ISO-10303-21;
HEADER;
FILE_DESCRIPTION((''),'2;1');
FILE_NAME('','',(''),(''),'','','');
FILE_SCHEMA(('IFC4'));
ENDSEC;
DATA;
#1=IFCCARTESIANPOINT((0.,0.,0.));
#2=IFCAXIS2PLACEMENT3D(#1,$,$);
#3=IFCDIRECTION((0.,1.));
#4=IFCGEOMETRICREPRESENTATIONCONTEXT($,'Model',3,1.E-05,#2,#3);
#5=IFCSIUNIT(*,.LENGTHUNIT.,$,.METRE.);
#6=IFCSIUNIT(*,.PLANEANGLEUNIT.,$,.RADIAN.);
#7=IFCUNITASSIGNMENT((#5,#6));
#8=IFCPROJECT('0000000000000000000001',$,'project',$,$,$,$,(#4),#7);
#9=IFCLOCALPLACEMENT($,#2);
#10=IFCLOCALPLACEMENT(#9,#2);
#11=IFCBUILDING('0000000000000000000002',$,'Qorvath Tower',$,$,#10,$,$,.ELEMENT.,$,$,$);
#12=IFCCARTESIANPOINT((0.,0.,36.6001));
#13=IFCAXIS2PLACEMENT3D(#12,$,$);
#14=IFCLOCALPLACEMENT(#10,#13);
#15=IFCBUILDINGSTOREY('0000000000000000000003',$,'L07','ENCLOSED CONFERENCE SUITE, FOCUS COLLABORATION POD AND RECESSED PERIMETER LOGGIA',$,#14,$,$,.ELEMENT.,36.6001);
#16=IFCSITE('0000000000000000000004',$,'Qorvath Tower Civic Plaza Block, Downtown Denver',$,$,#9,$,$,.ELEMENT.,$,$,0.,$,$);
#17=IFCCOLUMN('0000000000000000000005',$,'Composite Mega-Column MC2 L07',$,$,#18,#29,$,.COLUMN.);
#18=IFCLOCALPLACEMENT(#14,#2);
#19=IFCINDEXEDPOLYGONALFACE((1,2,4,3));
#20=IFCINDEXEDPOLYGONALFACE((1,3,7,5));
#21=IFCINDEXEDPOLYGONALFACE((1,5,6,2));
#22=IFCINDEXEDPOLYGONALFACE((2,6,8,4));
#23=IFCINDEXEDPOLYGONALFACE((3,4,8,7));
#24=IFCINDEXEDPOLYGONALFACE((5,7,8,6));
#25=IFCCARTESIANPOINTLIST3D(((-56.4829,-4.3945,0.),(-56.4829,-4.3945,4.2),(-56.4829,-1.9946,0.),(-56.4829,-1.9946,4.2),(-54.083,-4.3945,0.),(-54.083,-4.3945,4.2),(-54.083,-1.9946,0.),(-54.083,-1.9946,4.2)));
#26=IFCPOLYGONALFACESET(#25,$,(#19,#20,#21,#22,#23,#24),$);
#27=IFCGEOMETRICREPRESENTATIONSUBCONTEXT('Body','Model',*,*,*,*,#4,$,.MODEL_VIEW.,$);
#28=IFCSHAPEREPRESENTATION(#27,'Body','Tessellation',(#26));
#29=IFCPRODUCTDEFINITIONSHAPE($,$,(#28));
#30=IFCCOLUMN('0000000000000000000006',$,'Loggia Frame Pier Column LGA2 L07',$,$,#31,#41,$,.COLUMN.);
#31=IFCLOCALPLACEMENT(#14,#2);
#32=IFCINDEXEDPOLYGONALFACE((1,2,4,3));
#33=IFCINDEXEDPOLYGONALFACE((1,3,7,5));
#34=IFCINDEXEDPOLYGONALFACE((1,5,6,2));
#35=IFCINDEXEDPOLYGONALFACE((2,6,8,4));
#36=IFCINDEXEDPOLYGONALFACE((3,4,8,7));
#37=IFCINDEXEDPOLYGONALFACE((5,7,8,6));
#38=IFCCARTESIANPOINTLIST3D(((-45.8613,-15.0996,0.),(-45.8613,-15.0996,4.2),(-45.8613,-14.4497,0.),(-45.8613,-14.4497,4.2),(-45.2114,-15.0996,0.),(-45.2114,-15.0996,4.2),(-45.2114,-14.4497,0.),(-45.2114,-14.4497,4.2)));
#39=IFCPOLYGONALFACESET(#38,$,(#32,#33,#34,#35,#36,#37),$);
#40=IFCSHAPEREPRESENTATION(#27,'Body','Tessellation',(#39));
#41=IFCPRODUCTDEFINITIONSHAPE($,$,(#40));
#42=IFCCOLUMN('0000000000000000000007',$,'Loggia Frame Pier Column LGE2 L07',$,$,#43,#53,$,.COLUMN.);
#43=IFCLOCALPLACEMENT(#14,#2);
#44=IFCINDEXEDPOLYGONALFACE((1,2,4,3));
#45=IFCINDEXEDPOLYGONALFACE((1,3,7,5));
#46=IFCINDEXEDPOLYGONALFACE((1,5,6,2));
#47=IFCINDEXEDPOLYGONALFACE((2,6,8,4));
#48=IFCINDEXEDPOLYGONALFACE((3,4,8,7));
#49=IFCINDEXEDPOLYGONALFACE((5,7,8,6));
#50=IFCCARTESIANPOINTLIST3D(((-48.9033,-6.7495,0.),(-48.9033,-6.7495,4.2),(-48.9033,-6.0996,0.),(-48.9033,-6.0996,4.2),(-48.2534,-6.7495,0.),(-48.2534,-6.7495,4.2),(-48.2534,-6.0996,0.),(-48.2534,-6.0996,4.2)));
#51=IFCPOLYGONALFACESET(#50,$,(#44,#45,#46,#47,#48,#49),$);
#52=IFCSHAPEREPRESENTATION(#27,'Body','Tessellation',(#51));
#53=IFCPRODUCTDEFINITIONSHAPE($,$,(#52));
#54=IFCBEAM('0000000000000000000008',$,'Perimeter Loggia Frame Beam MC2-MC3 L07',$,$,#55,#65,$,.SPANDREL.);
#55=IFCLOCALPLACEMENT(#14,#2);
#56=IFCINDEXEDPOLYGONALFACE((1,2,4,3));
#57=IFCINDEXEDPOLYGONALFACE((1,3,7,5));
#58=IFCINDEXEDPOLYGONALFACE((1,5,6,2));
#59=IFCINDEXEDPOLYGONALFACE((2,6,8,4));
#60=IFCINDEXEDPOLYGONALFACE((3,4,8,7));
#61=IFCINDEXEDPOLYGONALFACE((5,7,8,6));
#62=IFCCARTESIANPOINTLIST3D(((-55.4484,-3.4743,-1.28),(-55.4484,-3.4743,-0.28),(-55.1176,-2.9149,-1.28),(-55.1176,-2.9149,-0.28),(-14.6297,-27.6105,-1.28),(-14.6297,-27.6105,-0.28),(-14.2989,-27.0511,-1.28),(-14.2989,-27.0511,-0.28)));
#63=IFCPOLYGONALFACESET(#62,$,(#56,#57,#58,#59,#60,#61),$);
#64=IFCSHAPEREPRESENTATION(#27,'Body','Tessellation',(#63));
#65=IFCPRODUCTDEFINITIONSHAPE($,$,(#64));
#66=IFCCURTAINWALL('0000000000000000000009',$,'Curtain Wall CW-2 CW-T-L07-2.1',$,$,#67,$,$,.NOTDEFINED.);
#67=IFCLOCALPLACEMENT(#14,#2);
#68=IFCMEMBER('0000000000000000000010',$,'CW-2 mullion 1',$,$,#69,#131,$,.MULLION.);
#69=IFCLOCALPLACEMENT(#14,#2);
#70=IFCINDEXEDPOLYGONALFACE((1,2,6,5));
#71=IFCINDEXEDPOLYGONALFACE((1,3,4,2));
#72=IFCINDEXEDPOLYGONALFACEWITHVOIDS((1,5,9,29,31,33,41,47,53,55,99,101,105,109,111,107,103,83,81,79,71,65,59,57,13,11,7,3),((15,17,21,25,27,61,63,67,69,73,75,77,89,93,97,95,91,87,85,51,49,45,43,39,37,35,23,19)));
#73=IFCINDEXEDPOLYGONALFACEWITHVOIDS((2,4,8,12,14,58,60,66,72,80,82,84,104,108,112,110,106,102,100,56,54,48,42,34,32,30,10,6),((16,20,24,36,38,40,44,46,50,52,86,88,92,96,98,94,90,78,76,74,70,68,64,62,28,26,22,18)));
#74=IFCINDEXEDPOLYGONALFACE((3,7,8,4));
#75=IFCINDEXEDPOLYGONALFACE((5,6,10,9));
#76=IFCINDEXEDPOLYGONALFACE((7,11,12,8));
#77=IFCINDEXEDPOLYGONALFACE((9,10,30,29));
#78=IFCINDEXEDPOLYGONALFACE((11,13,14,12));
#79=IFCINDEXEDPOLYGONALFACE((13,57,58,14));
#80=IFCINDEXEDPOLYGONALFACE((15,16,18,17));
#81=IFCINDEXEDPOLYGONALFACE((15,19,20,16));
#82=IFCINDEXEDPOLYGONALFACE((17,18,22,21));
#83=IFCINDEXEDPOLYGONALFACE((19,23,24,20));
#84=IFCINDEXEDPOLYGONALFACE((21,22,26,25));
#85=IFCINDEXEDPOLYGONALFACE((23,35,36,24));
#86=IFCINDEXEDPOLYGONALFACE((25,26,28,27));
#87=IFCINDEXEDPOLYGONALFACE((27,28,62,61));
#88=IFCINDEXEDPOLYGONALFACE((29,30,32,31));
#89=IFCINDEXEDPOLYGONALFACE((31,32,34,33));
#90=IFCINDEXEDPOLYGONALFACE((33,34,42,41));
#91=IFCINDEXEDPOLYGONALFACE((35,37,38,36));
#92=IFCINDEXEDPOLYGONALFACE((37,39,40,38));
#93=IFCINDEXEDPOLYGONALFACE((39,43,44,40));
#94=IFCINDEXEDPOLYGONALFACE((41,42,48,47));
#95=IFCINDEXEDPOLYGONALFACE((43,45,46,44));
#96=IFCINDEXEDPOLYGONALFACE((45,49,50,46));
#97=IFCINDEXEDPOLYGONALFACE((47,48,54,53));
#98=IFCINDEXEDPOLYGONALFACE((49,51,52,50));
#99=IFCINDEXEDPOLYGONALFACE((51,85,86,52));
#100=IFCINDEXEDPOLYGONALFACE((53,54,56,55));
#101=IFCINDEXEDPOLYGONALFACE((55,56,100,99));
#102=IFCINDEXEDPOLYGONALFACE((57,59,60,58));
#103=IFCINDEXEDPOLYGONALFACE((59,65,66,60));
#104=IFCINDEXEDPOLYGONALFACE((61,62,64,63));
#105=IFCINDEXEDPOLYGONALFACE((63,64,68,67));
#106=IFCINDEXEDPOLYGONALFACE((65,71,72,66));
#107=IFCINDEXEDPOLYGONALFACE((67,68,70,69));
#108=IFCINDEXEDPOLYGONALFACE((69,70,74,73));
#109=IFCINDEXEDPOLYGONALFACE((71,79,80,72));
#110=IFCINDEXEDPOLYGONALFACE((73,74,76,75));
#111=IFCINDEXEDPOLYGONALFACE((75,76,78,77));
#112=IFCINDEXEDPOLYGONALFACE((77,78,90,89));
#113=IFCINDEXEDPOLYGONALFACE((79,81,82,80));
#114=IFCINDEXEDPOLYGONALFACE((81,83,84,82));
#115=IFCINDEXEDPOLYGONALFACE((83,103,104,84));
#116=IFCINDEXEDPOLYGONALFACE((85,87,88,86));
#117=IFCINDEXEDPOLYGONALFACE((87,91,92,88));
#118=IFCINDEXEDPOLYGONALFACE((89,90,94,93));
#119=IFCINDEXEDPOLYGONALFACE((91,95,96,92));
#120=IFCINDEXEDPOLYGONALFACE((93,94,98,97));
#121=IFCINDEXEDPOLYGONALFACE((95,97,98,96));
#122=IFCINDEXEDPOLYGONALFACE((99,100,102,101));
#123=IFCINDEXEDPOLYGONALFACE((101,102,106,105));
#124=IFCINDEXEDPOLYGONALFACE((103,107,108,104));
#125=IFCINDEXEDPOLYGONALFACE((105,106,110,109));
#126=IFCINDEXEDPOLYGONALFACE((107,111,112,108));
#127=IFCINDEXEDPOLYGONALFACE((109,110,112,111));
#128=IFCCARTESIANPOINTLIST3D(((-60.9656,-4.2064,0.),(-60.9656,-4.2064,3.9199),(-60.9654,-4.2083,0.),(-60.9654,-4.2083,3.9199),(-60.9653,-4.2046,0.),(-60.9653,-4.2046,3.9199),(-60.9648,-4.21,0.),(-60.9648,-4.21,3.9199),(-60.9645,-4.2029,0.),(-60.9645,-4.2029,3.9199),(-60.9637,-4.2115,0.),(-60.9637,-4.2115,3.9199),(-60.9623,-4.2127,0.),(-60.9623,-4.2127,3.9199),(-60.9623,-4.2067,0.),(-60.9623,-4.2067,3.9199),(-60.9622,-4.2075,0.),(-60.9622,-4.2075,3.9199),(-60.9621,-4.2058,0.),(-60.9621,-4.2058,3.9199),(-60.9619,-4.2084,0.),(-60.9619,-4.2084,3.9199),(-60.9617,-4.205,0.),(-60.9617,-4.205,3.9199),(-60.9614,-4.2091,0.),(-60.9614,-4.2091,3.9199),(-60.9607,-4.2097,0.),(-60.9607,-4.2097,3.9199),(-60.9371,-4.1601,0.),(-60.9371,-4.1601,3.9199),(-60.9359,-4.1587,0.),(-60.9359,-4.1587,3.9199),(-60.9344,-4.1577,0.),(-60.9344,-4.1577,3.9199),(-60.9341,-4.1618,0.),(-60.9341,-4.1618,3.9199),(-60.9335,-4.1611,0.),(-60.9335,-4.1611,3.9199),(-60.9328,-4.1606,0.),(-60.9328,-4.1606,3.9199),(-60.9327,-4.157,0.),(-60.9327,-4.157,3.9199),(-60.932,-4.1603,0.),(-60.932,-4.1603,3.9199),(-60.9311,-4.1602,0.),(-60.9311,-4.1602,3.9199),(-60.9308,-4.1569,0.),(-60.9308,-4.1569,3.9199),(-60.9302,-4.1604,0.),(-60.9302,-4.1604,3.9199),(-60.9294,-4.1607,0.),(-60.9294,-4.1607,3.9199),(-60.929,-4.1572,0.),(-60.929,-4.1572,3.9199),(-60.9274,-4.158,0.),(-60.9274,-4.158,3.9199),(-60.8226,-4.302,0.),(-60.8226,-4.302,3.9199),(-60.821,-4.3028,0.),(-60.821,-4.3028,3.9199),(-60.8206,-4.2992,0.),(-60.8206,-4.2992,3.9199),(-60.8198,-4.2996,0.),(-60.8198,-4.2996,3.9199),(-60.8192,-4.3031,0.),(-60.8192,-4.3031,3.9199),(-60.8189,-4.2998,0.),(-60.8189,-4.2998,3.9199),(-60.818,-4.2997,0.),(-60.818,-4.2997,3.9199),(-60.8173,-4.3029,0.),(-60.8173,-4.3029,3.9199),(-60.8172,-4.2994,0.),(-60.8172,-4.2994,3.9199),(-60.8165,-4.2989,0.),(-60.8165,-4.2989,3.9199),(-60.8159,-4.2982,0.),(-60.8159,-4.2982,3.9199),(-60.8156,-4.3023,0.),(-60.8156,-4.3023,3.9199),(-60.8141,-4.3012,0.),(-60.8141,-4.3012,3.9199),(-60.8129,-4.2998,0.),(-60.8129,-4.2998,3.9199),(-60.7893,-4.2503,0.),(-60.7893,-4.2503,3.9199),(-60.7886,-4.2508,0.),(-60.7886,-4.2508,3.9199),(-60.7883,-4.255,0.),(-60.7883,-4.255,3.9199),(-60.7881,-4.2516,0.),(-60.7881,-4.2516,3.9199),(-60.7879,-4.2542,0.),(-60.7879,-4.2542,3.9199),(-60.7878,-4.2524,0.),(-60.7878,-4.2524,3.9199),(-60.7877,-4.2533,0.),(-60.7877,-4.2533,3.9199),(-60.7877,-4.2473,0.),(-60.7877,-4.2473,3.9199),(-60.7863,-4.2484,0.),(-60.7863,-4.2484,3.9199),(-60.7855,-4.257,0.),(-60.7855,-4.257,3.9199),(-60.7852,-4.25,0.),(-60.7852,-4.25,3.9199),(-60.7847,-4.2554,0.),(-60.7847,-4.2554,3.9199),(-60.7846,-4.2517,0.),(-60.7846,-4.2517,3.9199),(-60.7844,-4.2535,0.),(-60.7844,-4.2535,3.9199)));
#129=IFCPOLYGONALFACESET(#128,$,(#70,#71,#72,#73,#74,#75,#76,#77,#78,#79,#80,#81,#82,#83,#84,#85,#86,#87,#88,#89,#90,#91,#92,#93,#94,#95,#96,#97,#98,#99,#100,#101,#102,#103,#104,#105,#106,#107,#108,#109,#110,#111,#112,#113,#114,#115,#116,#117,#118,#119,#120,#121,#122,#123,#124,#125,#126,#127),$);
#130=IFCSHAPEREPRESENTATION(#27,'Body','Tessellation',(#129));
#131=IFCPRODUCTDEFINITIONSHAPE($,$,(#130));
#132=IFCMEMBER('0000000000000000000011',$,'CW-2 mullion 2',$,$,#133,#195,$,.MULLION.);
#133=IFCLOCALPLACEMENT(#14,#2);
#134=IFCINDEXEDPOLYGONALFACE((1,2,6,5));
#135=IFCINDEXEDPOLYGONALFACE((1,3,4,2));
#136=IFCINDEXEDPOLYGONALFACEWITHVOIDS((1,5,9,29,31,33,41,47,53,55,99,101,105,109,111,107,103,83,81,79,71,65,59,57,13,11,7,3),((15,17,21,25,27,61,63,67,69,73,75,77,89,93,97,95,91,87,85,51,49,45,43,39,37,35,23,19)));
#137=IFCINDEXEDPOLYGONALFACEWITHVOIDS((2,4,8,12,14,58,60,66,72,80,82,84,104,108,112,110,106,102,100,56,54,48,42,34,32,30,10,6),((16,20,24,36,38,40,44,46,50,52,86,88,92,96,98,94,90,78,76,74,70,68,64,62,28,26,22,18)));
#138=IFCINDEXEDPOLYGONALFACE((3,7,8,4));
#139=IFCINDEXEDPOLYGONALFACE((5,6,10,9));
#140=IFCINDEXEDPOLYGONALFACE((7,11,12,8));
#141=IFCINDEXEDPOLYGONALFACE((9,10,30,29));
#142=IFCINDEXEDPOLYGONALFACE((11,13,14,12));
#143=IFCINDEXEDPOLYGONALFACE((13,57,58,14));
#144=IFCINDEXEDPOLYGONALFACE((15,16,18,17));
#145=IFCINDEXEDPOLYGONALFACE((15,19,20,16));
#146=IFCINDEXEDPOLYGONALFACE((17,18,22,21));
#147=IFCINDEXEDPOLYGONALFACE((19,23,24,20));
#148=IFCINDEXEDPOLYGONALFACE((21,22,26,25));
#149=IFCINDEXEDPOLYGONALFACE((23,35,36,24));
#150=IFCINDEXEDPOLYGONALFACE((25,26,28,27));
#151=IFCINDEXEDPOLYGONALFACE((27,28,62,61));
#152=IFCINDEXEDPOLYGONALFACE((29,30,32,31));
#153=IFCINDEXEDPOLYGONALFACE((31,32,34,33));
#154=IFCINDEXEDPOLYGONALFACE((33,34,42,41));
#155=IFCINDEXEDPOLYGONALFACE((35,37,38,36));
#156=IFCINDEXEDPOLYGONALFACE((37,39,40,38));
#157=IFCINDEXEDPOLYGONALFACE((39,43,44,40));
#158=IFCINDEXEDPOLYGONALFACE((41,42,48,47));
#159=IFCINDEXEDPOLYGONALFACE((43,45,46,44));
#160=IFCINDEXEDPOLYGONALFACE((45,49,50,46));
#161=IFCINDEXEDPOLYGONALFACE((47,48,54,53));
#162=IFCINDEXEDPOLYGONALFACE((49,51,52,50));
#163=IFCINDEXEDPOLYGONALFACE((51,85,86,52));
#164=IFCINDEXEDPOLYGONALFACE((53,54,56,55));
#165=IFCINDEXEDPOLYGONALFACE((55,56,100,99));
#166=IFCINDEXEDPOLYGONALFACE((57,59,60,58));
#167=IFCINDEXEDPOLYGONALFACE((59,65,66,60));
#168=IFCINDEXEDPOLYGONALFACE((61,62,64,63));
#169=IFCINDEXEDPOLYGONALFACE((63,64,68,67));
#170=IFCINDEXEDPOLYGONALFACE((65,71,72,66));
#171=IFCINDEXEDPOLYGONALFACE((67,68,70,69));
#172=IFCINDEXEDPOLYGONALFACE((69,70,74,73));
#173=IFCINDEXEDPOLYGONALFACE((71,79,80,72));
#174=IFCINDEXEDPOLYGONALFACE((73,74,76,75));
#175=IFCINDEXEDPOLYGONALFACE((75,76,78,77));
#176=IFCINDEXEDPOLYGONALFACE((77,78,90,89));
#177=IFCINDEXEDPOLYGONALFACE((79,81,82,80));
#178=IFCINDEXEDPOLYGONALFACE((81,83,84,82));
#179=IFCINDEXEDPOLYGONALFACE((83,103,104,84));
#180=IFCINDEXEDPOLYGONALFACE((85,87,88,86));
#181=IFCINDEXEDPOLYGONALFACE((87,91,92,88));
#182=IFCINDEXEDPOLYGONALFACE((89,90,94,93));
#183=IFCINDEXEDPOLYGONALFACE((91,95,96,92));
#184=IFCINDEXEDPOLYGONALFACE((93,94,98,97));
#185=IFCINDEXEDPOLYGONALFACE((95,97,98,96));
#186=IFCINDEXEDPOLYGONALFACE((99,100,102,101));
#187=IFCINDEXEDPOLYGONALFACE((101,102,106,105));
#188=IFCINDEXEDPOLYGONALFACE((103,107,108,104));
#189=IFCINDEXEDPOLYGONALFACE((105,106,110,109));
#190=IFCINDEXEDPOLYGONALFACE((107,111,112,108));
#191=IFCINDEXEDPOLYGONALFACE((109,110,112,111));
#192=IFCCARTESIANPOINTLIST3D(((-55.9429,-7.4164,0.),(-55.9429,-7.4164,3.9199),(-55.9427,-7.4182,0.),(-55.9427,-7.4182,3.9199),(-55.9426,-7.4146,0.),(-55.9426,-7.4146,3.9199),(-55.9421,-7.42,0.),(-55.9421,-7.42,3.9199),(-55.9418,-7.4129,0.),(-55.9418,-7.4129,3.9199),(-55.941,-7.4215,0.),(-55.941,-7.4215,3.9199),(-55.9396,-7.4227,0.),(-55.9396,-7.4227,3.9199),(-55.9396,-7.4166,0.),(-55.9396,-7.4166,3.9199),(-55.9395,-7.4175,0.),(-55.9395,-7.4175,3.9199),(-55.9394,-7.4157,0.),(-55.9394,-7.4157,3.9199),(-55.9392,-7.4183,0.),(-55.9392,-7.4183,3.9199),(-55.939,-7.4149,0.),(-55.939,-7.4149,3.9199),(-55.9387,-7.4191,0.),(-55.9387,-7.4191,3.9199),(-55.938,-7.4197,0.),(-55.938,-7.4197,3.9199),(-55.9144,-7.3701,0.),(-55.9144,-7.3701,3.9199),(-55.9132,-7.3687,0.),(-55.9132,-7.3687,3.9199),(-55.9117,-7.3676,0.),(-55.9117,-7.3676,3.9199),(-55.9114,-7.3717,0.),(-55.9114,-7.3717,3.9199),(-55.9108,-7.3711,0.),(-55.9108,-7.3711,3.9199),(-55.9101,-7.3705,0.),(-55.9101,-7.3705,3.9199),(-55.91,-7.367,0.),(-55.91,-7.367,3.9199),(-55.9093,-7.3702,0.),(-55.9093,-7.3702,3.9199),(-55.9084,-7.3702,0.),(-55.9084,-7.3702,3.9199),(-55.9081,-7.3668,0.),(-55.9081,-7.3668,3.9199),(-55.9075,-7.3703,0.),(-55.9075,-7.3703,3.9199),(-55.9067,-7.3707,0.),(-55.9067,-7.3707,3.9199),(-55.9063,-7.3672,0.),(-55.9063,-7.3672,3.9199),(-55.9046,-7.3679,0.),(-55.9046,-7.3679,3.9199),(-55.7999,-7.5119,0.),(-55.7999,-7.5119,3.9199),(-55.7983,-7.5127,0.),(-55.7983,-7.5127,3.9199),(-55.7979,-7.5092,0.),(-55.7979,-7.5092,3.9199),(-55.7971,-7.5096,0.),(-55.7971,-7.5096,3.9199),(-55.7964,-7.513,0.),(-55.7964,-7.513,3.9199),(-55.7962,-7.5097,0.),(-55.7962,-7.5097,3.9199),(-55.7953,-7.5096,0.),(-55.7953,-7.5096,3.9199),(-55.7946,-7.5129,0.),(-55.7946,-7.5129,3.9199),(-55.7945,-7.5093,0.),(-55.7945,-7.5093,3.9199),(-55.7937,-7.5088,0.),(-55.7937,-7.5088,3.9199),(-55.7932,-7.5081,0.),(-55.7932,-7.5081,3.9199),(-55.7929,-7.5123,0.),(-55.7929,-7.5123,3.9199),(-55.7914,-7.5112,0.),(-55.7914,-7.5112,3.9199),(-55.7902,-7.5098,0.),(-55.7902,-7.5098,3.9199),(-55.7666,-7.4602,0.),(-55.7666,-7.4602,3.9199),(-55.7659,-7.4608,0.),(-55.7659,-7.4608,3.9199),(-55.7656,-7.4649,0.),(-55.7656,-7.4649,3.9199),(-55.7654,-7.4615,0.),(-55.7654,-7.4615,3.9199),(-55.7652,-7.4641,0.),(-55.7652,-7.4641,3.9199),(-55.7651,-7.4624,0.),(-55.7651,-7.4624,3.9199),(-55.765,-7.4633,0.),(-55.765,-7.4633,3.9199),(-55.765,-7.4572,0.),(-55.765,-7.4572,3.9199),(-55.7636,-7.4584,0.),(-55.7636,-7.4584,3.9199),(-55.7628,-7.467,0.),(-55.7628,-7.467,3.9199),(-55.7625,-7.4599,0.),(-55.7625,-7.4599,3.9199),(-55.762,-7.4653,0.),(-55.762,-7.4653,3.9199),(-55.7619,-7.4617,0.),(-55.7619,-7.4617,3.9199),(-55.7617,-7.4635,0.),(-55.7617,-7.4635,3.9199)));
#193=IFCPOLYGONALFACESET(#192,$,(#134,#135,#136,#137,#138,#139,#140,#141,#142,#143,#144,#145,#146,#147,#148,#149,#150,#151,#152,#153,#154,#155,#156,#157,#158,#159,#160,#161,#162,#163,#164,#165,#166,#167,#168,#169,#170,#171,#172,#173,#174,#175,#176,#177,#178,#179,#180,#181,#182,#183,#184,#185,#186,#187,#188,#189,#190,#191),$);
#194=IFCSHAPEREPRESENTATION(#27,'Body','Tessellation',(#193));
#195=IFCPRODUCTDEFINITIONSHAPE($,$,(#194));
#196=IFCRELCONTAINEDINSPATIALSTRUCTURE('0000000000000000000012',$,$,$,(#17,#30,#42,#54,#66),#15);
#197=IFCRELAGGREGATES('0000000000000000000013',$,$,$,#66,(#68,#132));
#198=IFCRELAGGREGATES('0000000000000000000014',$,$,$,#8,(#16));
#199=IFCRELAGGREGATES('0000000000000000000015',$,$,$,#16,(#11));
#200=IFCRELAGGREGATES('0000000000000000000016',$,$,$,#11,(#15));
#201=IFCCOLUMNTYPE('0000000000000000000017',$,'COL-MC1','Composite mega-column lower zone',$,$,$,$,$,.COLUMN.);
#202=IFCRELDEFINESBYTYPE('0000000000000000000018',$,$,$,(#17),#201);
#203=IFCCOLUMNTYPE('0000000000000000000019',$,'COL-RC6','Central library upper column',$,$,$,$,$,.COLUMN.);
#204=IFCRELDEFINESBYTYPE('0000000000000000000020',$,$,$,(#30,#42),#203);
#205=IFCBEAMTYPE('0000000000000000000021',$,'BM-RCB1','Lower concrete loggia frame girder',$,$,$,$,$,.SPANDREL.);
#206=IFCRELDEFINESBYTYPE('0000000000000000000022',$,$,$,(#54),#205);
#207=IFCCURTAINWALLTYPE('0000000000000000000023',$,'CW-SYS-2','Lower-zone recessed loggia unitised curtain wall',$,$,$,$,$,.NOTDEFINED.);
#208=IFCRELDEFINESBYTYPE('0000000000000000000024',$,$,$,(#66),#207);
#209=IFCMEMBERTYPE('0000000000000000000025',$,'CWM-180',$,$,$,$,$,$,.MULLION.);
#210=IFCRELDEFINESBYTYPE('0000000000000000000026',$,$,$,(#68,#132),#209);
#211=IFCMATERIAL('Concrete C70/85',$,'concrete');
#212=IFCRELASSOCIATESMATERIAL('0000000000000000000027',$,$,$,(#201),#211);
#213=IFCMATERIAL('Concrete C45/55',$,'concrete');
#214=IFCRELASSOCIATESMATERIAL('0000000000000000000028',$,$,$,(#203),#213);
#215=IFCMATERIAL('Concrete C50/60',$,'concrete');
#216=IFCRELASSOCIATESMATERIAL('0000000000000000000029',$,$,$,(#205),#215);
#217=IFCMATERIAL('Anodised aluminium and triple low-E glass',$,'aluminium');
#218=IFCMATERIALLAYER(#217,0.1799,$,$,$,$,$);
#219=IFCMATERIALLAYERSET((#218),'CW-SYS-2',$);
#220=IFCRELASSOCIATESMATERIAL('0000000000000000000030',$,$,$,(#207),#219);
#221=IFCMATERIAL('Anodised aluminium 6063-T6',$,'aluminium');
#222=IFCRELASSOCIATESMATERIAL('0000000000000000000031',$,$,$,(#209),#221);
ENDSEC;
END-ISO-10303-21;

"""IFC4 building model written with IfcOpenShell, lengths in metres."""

from ifc_helpers import new_model, si_unit, direction, frame, origin, origin_2d, place, context, subcontext, project, spatial, rectangle, hollow_rectangle, extrude, material, layer, layer_set, material_profile, profile_set, type_object, element, aggregate, save


model = new_model("IFC4")

# Units and contexts
model_context = context("Model", 3, precision=1e-05, world=origin(), true_north=direction((0.0, 1.0)))
body_context = subcontext(model_context, "Body", "Model", "MODEL_VIEW")
ifc_project = project(units=[si_unit("LENGTHUNIT", "METRE"), si_unit("PLANEANGLEUNIT", "RADIAN")], contexts=[model_context])

# Site, building, storey
site_placement = place(None, origin())
site = spatial("IfcSite", under=ifc_project, at=site_placement, Name="Qorvath Tower Civic Plaza Block, Downtown Denver", CompositionType="ELEMENT", RefElevation=0.0)
building_placement = place(site_placement, origin())
building = spatial("IfcBuilding", under=site, at=building_placement, Name="Qorvath Tower", CompositionType="ELEMENT")
storey_placement = place(building_placement, frame((0.0, 0.0, 36.6001)))
storey = spatial("IfcBuildingStorey", under=building, at=storey_placement, Name="L07", Description="ENCLOSED CONFERENCE SUITE, FOCUS COLLABORATION POD AND RECESSED PERIMETER LOGGIA", CompositionType="ELEMENT", Elevation=36.6001)

# Columns
ifc_material_1 = material(Name="Concrete C70/85", Category="concrete")
ifc_material_profile_1 = material_profile(ifc_material_1, rectangle(XDim=2.3999, YDim=2.3999, at=origin_2d()), Name="MC 2400x2400")
ifc_profile_set_1 = profile_set([ifc_material_profile_1], Name="Concrete C70/85")
column_type_1 = type_object("IfcColumnType", Name="COL-MC1", Description="Composite mega-column lower zone", PredefinedType="COLUMN", material=ifc_profile_set_1)
column_placement = place(storey_placement, frame((-55.283, -3.1946, 0.0), z_axis=(0.0, 0.0, 1.0), x_axis=(1.0, 0.0, 0.0)))
element("IfcColumn", 1, at=column_placement, inside=storey, type_object=column_type_1, Name="Composite Mega-Column MC2 L07", PredefinedType="COLUMN", context=body_context, shape_type="SweptSolid", body=[
    extrude(rectangle(XDim=2.3999, YDim=2.3999, at=origin_2d()), origin(), (0.0, 0.0, 1.0), 4.2),
])
ifc_material_2 = material(Name="Concrete C45/55", Category="concrete")
ifc_material_profile_2 = material_profile(ifc_material_2, rectangle(XDim=0.6499, YDim=0.6499, at=origin_2d()), Name="RC 650x650")
ifc_profile_set_2 = profile_set([ifc_material_profile_2], Name="Concrete C45/55")
column_type_2 = type_object("IfcColumnType", Name="COL-RC6", Description="Central library upper column", PredefinedType="COLUMN", material=ifc_profile_set_2)
for number, where, z_axis, x_axis, name in (
    (2, (-45.5364, -14.7747, 0.0), (0.0, 0.0, 1.0), (1.0, 0.0, 0.0), "Loggia Frame Pier Column LGA2 L07"),
    (3, (-48.5784, -6.4246, 0.0), (0.0, 0.0, 1.0), (1.0, 0.0, 0.0), "Loggia Frame Pier Column LGE2 L07"),
):
    element("IfcColumn", number, at=place(storey_placement, frame(where, z_axis=z_axis, x_axis=x_axis)), inside=storey, type_object=column_type_2, Name=name, PredefinedType="COLUMN", context=body_context, shape_type="SweptSolid", body=[
        extrude(rectangle(XDim=0.6499, YDim=0.6499, at=origin_2d()), origin(), (0.0, 0.0, 1.0), 4.2),
    ])

# Beam
ifc_material_3 = material(Name="Concrete C50/60", Category="concrete")
ifc_material_profile_3 = material_profile(ifc_material_3, rectangle(XDim=0.6499, YDim=1.0, at=origin_2d()), Name="RCB 1000x650")
ifc_profile_set_3 = profile_set([ifc_material_profile_3], Name="Concrete C50/60")
beam_type = type_object("IfcBeamType", Name="BM-RCB1", Description="Lower concrete loggia frame girder", PredefinedType="SPANDREL", material=ifc_profile_set_3)
beam_placement = place(storey_placement, frame((-55.283, -3.1946, -0.78), z_axis=(0.860777, -0.508982, 0.0), x_axis=(0.508982, 0.860777, 0.0)))
element("IfcBeam", 4, at=beam_placement, inside=storey, type_object=beam_type, Name="Perimeter Loggia Frame Beam MC2-MC3 L07", PredefinedType="SPANDREL", context=body_context, shape_type="SweptSolid", body=[
    extrude(rectangle(XDim=0.6499, YDim=1.0, at=origin_2d()), origin(), (0.0, 0.0, 1.0), 47.4207),
])

# Curtain wall, members
ifc_material_4 = material(Name="Anodised aluminium and triple low-E glass", Category="aluminium")
ifc_layer_1 = layer(ifc_material_4, 0.1799)
ifc_layer_set_1 = layer_set([ifc_layer_1], Name="CW-SYS-2")
curtain_wall_type = type_object("IfcCurtainWallType", Name="CW-SYS-2", Description="Lower-zone recessed loggia unitised curtain wall", PredefinedType="NOTDEFINED", material=ifc_layer_set_1)
curtain_wall_placement = place(storey_placement, origin())
curtain_wall = element("IfcCurtainWall", 5, at=curtain_wall_placement, inside=storey, type_object=curtain_wall_type, Name="Curtain Wall CW-2 CW-T-L07-2.1", PredefinedType="NOTDEFINED")
ifc_material_5 = material(Name="Anodised aluminium 6063-T6", Category="aluminium")
ifc_material_profile_4 = material_profile(ifc_material_5, hollow_rectangle(XDim=0.0649, YDim=0.1799, WallThickness=0.0034, InnerFilletRadius=0.0034, OuterFilletRadius=0.0071, at=origin_2d()), Name="CWM 180x65")
ifc_profile_set_4 = profile_set([ifc_material_profile_4], Name="Anodised aluminium 6063-T6")
member_type_1 = type_object("IfcMemberType", Name="CWM-180", PredefinedType="MULLION", material=ifc_profile_set_4)
member_1_placement = place(storey_placement, frame((-60.875, -4.23, 0.0), z_axis=(0.0, 0.0, 1.0), x_axis=(0.538529, 0.842607, 0.0)))
member_1 = element("IfcMember", 6, at=member_1_placement, type_object=member_type_1, Name="CW-2 mullion 1", PredefinedType="MULLION", context=body_context, shape_type="SweptSolid", body=[
    extrude(hollow_rectangle(XDim=0.0649, YDim=0.1799, WallThickness=0.0034, InnerFilletRadius=0.0034, OuterFilletRadius=0.0071, at=origin_2d()), origin(), (0.0, 0.0, 1.0), 3.9199),
])
member_2_placement = place(storey_placement, frame((-55.8523, -7.4399, 0.0), z_axis=(0.0, 0.0, 1.0), x_axis=(0.538529, 0.842607, 0.0)))
member_2 = element("IfcMember", 7, at=member_2_placement, type_object=member_type_1, Name="CW-2 mullion 2", PredefinedType="MULLION", context=body_context, shape_type="SweptSolid", body=[
    extrude(hollow_rectangle(XDim=0.0649, YDim=0.1799, WallThickness=0.0034, InnerFilletRadius=0.0034, OuterFilletRadius=0.0071, at=origin_2d()), origin(), (0.0, 0.0, 1.0), 3.9199),
])

aggregate(curtain_wall, [member_1, member_2])

save(model, "model.ifc")
